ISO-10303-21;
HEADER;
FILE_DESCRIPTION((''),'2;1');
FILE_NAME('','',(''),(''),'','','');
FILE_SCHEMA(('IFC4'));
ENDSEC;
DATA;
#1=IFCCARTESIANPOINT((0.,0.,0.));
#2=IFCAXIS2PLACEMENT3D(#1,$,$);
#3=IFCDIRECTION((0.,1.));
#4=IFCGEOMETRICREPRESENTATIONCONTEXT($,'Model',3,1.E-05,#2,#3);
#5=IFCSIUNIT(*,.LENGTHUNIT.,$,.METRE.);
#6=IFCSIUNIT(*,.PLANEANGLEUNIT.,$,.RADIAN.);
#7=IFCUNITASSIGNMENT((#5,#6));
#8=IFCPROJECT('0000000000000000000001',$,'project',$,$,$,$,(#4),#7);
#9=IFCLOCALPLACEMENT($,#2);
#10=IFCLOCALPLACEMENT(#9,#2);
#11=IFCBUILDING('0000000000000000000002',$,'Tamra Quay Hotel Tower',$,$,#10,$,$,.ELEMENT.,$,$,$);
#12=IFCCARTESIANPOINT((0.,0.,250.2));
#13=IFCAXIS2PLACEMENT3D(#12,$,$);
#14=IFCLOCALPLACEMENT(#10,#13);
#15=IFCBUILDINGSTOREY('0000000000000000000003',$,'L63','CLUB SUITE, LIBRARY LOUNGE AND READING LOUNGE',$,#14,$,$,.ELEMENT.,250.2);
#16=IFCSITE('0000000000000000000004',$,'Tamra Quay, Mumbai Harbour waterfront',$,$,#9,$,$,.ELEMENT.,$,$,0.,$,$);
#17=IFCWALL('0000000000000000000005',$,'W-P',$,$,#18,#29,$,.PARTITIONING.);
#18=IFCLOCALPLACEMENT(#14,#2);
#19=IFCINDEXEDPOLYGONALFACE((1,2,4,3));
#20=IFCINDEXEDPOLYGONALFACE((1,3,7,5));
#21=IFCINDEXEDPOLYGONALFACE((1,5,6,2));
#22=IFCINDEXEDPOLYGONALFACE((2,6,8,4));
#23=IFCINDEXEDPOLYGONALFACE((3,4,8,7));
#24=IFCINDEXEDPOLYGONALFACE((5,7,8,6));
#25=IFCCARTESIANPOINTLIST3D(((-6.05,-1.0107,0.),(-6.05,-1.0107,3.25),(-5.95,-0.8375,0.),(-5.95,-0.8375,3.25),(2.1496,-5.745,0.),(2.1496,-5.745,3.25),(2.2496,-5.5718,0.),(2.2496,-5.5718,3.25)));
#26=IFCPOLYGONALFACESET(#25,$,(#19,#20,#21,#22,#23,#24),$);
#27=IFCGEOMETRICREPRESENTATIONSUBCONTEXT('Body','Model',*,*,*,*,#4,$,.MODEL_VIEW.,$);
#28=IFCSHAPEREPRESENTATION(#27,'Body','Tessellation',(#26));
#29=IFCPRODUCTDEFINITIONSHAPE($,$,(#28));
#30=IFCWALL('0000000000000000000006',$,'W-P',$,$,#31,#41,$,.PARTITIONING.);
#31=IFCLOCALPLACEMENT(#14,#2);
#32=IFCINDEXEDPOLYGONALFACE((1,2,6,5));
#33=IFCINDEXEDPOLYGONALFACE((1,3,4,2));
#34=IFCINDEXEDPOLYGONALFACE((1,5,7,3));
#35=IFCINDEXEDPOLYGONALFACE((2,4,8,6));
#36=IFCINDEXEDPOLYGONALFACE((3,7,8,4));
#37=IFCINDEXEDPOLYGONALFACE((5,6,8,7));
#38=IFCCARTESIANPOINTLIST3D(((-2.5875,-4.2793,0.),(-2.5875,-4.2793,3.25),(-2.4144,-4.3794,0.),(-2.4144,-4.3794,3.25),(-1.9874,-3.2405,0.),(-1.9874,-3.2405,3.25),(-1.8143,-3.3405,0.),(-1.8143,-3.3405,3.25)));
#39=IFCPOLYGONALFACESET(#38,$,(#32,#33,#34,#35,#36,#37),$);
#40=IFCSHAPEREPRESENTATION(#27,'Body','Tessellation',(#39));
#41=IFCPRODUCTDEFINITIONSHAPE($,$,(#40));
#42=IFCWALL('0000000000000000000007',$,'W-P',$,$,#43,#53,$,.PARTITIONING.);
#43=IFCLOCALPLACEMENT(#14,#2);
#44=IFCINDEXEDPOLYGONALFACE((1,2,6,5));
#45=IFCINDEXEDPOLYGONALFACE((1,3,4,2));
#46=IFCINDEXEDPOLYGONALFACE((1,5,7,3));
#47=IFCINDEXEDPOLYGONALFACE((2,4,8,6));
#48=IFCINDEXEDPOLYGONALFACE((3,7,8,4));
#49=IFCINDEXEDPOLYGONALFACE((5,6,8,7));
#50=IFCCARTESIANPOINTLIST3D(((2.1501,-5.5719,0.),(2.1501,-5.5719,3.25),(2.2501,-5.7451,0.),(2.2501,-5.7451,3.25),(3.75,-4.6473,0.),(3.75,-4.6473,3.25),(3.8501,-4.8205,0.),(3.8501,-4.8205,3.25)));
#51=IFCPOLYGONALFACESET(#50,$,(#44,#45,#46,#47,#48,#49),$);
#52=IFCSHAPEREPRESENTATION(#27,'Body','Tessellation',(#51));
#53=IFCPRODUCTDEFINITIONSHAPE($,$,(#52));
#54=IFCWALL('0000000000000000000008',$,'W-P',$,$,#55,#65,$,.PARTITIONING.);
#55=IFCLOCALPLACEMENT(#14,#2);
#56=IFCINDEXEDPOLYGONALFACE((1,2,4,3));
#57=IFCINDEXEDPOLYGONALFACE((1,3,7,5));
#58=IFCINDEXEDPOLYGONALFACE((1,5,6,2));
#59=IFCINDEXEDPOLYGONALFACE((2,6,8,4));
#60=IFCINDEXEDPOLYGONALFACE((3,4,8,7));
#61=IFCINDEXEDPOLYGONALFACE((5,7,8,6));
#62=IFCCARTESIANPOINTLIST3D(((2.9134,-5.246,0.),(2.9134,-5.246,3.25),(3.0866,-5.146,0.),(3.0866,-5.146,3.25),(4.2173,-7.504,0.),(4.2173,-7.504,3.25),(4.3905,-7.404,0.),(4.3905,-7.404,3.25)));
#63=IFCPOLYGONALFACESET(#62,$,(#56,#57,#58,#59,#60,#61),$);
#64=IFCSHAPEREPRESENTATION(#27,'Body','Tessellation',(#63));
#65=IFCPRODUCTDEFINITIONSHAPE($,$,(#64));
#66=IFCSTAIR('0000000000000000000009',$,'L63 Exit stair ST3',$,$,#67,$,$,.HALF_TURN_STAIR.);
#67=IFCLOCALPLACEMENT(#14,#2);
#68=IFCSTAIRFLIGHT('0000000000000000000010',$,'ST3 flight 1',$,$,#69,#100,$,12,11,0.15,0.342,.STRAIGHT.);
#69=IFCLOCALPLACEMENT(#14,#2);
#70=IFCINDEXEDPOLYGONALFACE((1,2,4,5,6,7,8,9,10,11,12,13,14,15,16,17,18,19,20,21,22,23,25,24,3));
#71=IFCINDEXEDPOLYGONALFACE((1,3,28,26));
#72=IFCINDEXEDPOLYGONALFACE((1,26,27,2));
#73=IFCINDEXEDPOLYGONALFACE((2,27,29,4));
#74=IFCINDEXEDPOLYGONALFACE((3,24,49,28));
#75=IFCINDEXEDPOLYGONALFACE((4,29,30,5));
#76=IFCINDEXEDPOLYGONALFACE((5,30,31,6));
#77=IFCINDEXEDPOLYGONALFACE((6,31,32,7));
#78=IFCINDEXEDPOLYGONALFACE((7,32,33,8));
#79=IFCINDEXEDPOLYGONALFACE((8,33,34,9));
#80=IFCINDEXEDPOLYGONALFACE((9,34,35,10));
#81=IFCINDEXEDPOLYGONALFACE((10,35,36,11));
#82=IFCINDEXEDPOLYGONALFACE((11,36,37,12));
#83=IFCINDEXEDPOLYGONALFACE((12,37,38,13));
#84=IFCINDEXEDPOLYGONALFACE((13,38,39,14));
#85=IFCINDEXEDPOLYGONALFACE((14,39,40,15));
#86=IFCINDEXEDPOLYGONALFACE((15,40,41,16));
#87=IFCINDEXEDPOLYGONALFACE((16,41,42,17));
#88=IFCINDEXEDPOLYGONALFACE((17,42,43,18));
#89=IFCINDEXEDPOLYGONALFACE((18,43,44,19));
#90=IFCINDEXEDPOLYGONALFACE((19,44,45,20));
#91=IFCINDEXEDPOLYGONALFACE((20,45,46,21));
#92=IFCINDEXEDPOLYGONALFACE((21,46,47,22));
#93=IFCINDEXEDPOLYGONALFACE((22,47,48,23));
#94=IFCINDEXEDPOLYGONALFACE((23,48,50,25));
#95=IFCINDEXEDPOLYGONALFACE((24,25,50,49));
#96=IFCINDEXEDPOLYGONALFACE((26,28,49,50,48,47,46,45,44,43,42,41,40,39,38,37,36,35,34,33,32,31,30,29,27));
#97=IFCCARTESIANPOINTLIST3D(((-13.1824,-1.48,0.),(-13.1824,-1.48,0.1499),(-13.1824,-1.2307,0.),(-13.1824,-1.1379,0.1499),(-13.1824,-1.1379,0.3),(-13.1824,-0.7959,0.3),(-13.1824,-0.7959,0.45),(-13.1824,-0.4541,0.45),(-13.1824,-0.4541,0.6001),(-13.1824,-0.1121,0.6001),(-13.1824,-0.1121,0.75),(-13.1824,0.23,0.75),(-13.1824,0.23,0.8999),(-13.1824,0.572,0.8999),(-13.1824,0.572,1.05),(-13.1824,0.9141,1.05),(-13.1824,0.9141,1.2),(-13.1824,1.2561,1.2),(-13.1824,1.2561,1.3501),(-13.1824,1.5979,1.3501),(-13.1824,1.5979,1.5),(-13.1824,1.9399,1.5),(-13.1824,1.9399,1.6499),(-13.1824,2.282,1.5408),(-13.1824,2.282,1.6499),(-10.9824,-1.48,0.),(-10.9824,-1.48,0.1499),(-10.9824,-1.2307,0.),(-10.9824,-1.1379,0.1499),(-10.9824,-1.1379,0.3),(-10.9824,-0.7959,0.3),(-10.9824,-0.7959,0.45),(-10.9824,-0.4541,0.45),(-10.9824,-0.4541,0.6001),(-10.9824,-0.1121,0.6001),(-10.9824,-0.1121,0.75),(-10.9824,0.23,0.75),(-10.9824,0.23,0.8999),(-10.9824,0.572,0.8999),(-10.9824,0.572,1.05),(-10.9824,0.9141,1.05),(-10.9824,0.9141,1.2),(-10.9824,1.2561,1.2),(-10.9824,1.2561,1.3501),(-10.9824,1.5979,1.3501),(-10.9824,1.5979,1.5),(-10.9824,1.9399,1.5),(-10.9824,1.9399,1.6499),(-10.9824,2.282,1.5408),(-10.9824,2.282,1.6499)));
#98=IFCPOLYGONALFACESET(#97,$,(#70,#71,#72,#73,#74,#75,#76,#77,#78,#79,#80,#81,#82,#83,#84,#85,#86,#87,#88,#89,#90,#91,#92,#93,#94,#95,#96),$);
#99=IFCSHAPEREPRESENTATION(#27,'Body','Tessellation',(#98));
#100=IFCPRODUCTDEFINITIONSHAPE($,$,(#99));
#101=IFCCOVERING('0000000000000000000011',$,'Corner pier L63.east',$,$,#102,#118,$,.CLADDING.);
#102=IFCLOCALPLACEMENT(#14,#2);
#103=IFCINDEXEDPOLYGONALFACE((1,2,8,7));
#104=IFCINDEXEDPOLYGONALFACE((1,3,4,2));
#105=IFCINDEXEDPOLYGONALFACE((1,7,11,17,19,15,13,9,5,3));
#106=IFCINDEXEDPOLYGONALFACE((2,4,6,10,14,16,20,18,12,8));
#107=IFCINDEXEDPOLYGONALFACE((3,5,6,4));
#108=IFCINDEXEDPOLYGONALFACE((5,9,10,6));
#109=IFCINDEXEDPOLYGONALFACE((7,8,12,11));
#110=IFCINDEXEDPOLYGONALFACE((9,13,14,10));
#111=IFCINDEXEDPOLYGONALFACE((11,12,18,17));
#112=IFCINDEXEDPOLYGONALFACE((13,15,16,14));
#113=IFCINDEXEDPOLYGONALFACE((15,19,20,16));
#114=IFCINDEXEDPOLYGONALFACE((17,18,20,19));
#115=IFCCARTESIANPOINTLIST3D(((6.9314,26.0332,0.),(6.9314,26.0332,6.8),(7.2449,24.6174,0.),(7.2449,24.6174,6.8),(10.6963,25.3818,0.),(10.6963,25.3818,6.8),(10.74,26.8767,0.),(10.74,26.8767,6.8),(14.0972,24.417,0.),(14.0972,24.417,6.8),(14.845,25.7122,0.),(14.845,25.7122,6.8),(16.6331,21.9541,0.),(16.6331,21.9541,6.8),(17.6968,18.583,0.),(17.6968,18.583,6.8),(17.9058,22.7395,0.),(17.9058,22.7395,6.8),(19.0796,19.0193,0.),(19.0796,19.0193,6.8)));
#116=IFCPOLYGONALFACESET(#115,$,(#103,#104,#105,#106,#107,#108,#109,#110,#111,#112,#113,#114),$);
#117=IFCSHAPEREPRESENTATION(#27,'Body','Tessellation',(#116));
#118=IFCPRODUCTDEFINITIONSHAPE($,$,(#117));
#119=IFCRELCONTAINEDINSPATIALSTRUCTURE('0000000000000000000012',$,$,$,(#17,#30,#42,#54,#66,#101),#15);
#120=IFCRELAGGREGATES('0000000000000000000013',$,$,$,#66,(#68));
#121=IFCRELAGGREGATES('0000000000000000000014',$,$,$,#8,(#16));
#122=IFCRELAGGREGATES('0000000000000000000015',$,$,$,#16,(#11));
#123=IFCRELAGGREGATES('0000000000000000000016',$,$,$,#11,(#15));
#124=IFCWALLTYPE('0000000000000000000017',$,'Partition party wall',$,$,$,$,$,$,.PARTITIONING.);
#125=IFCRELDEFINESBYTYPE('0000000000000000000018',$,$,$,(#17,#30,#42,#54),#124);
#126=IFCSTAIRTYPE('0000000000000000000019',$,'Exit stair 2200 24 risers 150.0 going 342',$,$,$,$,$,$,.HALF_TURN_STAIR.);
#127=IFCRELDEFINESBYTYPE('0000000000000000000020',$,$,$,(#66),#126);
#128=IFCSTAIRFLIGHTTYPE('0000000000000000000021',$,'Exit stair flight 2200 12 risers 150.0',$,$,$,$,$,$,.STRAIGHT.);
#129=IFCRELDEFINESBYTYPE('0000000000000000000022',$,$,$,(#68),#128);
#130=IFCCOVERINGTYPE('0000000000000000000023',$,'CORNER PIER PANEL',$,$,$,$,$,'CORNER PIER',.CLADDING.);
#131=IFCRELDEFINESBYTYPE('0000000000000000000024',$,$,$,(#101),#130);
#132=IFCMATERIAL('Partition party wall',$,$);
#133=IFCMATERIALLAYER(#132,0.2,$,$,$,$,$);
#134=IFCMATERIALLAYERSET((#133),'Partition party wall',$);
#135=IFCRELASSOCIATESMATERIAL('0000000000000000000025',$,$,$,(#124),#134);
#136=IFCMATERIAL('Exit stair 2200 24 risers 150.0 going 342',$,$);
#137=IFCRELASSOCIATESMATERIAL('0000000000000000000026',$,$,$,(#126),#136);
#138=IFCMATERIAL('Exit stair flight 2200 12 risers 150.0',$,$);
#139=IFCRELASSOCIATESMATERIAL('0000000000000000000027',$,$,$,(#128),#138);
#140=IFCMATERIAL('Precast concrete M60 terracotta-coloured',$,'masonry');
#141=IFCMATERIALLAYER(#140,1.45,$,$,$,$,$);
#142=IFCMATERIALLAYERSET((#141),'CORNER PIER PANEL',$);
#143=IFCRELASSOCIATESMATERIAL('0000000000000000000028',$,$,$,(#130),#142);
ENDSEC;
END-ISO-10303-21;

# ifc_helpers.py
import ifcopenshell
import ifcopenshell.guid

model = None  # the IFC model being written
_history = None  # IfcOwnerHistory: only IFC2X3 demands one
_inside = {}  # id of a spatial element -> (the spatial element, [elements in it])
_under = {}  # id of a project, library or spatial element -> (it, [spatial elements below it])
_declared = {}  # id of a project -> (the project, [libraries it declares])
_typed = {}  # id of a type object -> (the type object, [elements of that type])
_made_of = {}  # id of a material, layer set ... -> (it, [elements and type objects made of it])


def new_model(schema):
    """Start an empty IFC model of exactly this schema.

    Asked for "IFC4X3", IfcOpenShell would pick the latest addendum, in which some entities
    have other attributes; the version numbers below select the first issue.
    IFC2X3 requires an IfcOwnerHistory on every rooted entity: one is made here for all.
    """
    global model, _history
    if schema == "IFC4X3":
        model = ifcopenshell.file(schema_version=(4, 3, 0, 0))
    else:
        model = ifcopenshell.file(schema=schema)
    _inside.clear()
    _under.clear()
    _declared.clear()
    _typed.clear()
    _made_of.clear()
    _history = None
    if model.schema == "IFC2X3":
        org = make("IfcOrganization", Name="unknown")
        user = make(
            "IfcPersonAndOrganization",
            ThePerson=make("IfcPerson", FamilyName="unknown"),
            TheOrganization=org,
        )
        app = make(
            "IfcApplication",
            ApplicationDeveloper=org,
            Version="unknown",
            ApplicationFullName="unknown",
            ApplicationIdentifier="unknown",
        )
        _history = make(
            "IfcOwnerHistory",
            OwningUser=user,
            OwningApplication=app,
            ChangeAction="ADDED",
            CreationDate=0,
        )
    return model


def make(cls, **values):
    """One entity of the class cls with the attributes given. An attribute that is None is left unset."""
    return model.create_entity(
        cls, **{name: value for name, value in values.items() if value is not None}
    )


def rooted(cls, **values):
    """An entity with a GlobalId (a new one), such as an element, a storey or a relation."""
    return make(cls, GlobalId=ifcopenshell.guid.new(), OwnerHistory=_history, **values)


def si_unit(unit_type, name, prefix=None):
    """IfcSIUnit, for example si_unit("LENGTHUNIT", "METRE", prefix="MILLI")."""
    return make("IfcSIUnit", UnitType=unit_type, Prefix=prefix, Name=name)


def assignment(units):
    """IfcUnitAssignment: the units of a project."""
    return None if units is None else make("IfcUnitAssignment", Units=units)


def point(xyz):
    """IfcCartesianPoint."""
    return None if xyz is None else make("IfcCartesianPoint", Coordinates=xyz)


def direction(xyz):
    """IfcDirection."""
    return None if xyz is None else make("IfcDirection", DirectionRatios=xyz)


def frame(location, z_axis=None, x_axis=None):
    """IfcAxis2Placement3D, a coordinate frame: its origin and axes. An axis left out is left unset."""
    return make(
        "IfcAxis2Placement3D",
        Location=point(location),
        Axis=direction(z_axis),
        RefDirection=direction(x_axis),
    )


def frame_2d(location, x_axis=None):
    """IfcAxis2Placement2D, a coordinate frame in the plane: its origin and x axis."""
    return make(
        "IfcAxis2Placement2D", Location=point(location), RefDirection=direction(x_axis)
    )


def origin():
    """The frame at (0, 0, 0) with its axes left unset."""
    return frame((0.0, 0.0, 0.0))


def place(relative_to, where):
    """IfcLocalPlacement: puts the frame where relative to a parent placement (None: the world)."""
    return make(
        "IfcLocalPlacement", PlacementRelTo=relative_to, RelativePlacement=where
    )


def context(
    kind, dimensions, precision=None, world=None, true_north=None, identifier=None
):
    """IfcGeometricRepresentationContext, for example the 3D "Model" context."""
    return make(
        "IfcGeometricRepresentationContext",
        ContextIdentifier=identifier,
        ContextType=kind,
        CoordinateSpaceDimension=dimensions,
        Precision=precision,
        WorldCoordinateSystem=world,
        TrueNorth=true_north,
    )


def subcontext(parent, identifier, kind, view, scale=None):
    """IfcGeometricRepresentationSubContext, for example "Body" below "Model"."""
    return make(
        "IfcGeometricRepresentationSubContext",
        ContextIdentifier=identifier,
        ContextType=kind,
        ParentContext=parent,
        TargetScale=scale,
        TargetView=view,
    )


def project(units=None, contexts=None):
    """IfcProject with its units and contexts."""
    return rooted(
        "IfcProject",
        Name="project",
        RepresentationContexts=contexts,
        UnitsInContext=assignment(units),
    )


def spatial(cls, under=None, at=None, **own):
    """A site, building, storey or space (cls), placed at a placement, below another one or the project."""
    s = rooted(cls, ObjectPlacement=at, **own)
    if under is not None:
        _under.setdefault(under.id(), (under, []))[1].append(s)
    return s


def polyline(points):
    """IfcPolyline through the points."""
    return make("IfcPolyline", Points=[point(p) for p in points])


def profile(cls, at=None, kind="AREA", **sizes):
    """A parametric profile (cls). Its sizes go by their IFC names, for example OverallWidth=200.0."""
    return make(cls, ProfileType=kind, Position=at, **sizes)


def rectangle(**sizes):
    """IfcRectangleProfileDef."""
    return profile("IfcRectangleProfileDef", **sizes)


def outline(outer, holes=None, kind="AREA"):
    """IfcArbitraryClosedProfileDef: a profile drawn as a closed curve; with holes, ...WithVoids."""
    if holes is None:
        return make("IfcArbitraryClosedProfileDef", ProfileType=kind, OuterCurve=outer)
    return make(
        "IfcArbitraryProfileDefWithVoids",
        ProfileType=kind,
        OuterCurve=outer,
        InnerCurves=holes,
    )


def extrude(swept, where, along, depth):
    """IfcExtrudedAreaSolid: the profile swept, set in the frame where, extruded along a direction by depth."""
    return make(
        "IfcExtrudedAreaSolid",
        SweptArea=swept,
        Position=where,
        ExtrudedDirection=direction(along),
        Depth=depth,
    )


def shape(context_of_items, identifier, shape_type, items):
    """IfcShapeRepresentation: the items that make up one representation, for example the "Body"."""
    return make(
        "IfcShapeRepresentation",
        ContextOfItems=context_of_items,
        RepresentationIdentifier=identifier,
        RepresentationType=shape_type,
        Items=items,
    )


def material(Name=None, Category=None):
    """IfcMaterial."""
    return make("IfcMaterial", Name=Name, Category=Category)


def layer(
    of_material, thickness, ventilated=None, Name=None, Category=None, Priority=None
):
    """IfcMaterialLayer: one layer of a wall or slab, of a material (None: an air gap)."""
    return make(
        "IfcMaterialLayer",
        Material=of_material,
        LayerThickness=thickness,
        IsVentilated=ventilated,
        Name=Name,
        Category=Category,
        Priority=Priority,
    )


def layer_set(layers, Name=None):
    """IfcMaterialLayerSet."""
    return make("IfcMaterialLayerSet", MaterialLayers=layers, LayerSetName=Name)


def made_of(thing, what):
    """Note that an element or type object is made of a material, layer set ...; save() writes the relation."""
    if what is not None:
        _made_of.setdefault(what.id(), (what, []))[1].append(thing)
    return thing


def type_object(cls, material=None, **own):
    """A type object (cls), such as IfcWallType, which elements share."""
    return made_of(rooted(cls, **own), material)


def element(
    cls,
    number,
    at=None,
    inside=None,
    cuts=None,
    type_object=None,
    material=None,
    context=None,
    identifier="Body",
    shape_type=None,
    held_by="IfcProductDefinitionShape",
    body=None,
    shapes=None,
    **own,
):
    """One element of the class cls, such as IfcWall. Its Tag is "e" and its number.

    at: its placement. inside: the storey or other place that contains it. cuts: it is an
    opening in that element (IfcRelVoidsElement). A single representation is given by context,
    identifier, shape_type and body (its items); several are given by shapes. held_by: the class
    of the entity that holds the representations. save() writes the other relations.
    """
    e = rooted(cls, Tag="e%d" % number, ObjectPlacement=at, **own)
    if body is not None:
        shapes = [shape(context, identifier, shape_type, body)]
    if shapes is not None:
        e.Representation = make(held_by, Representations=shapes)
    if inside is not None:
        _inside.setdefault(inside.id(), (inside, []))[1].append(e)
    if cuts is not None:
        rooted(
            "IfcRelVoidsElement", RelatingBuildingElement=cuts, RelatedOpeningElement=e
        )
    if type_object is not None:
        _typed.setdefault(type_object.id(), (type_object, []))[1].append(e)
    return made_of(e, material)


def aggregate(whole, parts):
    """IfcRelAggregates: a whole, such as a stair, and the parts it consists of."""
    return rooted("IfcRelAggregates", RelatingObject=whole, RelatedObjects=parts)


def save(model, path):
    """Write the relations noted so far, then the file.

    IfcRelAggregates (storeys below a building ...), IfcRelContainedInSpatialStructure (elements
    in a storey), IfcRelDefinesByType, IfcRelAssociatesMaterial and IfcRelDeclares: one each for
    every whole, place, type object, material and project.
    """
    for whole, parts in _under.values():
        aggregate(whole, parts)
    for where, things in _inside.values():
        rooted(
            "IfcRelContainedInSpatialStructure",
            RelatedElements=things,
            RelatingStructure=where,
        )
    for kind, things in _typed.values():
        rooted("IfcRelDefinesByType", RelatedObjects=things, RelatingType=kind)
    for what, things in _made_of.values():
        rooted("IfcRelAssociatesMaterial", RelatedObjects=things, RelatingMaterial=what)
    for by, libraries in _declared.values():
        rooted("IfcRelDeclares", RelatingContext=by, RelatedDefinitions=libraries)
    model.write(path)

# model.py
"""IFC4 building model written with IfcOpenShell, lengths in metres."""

from ifc_helpers import new_model, si_unit, direction, frame, frame_2d, origin, place, context, subcontext, project, spatial, polyline, rectangle, outline, extrude, material, layer, layer_set, type_object, element, aggregate, save


model = new_model("IFC4")

# Units and contexts
model_context = context("Model", 3, precision=1e-05, world=origin(), true_north=direction((0.0, 1.0)))
body_context = subcontext(model_context, "Body", "Model", "MODEL_VIEW")
ifc_project = project(units=[si_unit("LENGTHUNIT", "METRE"), si_unit("PLANEANGLEUNIT", "RADIAN")], contexts=[model_context])

# Site, building, storey
site_placement = place(None, origin())
site = spatial("IfcSite", under=ifc_project, at=site_placement, Name="Tamra Quay, Mumbai Harbour waterfront", CompositionType="ELEMENT", RefElevation=0.0)
building_placement = place(site_placement, origin())
building = spatial("IfcBuilding", under=site, at=building_placement, Name="Tamra Quay Hotel Tower", CompositionType="ELEMENT")
storey_placement = place(building_placement, frame((0.0, 0.0, 250.2)))
storey = spatial("IfcBuildingStorey", under=building, at=storey_placement, Name="L63", Description="CLUB SUITE, LIBRARY LOUNGE AND READING LOUNGE", CompositionType="ELEMENT", Elevation=250.2)

# Walls
ifc_material_1 = material(Name="Partition party wall")
ifc_layer_1 = layer(ifc_material_1, 0.2)
ifc_layer_set_1 = layer_set([ifc_layer_1], Name="Partition party wall")
wall_type_1 = type_object("IfcWallType", Name="Partition party wall", PredefinedType="PARTITIONING", material=ifc_layer_set_1)
wall_1_placement = place(storey_placement, frame((-6.0, -0.9241, 0.0), z_axis=(0.0, 0.0, 1.0), x_axis=(0.866013, -0.500022, 0.0)))
element("IfcWall", 1, at=wall_1_placement, inside=storey, type_object=wall_type_1, Name="W-P", PredefinedType="PARTITIONING", context=body_context, shape_type="SweptSolid", body=[
    extrude(rectangle(XDim=9.4683, YDim=0.2, at=frame_2d((4.7341, 0.0))), origin(), (0.0, 0.0, 1.0), 3.25),
])
wall_2_placement = place(storey_placement, frame((-2.501, -4.3293, 0.0), z_axis=(0.0, 0.0, 1.0), x_axis=(0.50021, 0.865904, 0.0)))
element("IfcWall", 2, at=wall_2_placement, inside=storey, type_object=wall_type_1, Name="W-P", PredefinedType="PARTITIONING", context=body_context, shape_type="SweptSolid", body=[
    extrude(rectangle(XDim=1.1997, YDim=0.2, at=frame_2d((0.5999, 0.0))), origin(), (0.0, 0.0, 1.0), 3.25),
])
wall_3_placement = place(storey_placement, frame((2.2002, -5.6584, 0.0), z_axis=(0.0, 0.0, 1.0), x_axis=(0.865818, 0.500359, 0.0)))
element("IfcWall", 3, at=wall_3_placement, inside=storey, type_object=wall_type_1, Name="W-P", PredefinedType="PARTITIONING", context=body_context, shape_type="SweptSolid", body=[
    extrude(rectangle(XDim=1.8479, YDim=0.2, at=frame_2d((0.9238, 0.0))), origin(), (0.0, 0.0, 1.0), 3.25),
])
wall_4_placement = place(storey_placement, frame((3.0, -5.196, 0.0), z_axis=(0.0, 0.0, 1.0), x_axis=(0.500076, -0.865981, 0.0)))
element("IfcWall", 4, at=wall_4_placement, inside=storey, type_object=wall_type_1, Name="W-P", PredefinedType="PARTITIONING", context=body_context, shape_type="SweptSolid", body=[
    extrude(rectangle(XDim=2.6074, YDim=0.2, at=frame_2d((1.3037, 0.0))), origin(), (0.0, 0.0, 1.0), 3.25),
])

# Stair, stair flight
ifc_material_2 = material(Name="Exit stair 2200 24 risers 150.0 going 342")
stair_type = type_object("IfcStairType", Name="Exit stair 2200 24 risers 150.0 going 342", PredefinedType="HALF_TURN_STAIR", material=ifc_material_2)
stair_placement = place(storey_placement, origin())
stair = element("IfcStair", 5, at=stair_placement, inside=storey, type_object=stair_type, Name="L63 Exit stair ST3", PredefinedType="HALF_TURN_STAIR")
ifc_material_3 = material(Name="Exit stair flight 2200 12 risers 150.0")
stair_flight_type = type_object("IfcStairFlightType", Name="Exit stair flight 2200 12 risers 150.0", PredefinedType="STRAIGHT", material=ifc_material_3)
stair_flight_placement = place(storey_placement, frame((-12.0823, -1.48, 0.0), z_axis=(0.0, 0.0, 1.0), x_axis=(0.0, 1.0, 0.0)))
stair_flight = element("IfcStairFlight", 6, at=stair_flight_placement, type_object=stair_flight_type, Name="ST3 flight 1", NumberOfRisers=12, NumberOfTreads=11, PredefinedType="STRAIGHT", RiserHeight=0.15, TreadLength=0.342, context=body_context, shape_type="SweptSolid", body=[
    extrude(outline(polyline([(0.0, 0.0), (0.0, 0.1499), (0.342, 0.1499), (0.342, 0.3), (0.6841, 0.3), (0.6841, 0.45), (1.0259, 0.45), (1.0259, 0.6001), (1.3679, 0.6001), (1.3679, 0.75), (1.71, 0.75), (1.71, 0.8999), (2.052, 0.8999), (2.052, 1.05), (2.394, 1.05), (2.394, 1.2), (2.7361, 1.2), (2.7361, 1.3501), (3.0779, 1.3501), (3.0779, 1.5), (3.4199, 1.5), (3.4199, 1.6499), (3.762, 1.6499), (3.762, 1.8), (3.762, 1.5408), (0.2493, 0.0), (0.0, 0.0)])), frame((0.0, 1.1001, 0.0), z_axis=(0.0, -1.0, 0.0), x_axis=(1.0, 0.0, 0.0)), (0.0, 0.0, 1.0), 2.2),
])
aggregate(stair, [stair_flight])

# Covering
ifc_material_4 = material(Name="Precast concrete M60 terracotta-coloured", Category="masonry")
ifc_layer_2 = layer(ifc_material_4, 1.45)
ifc_layer_set_2 = layer_set([ifc_layer_2], Name="CORNER PIER PANEL")
covering_type = type_object("IfcCoveringType", Name="CORNER PIER PANEL", ElementType="CORNER PIER", PredefinedType="CLADDING", material=ifc_layer_set_2)
covering_placement = place(storey_placement, origin())
element("IfcCovering", 7, at=covering_placement, inside=storey, type_object=covering_type, Name="Corner pier L63.east", PredefinedType="CLADDING", context=body_context, shape_type="SweptSolid", body=[
    extrude(outline(polyline([(17.6968, 18.583), (19.0796, 19.0193), (17.9058, 22.7395), (14.845, 25.7122), (10.74, 26.8767), (6.9314, 26.0332), (7.2449, 24.6174), (10.6963, 25.3818), (14.0972, 24.417), (16.6331, 21.9541), (17.6968, 18.583)])), origin(), (0.0, 0.0, 1.0), 6.8),
])

save(model, "model.ifc")
